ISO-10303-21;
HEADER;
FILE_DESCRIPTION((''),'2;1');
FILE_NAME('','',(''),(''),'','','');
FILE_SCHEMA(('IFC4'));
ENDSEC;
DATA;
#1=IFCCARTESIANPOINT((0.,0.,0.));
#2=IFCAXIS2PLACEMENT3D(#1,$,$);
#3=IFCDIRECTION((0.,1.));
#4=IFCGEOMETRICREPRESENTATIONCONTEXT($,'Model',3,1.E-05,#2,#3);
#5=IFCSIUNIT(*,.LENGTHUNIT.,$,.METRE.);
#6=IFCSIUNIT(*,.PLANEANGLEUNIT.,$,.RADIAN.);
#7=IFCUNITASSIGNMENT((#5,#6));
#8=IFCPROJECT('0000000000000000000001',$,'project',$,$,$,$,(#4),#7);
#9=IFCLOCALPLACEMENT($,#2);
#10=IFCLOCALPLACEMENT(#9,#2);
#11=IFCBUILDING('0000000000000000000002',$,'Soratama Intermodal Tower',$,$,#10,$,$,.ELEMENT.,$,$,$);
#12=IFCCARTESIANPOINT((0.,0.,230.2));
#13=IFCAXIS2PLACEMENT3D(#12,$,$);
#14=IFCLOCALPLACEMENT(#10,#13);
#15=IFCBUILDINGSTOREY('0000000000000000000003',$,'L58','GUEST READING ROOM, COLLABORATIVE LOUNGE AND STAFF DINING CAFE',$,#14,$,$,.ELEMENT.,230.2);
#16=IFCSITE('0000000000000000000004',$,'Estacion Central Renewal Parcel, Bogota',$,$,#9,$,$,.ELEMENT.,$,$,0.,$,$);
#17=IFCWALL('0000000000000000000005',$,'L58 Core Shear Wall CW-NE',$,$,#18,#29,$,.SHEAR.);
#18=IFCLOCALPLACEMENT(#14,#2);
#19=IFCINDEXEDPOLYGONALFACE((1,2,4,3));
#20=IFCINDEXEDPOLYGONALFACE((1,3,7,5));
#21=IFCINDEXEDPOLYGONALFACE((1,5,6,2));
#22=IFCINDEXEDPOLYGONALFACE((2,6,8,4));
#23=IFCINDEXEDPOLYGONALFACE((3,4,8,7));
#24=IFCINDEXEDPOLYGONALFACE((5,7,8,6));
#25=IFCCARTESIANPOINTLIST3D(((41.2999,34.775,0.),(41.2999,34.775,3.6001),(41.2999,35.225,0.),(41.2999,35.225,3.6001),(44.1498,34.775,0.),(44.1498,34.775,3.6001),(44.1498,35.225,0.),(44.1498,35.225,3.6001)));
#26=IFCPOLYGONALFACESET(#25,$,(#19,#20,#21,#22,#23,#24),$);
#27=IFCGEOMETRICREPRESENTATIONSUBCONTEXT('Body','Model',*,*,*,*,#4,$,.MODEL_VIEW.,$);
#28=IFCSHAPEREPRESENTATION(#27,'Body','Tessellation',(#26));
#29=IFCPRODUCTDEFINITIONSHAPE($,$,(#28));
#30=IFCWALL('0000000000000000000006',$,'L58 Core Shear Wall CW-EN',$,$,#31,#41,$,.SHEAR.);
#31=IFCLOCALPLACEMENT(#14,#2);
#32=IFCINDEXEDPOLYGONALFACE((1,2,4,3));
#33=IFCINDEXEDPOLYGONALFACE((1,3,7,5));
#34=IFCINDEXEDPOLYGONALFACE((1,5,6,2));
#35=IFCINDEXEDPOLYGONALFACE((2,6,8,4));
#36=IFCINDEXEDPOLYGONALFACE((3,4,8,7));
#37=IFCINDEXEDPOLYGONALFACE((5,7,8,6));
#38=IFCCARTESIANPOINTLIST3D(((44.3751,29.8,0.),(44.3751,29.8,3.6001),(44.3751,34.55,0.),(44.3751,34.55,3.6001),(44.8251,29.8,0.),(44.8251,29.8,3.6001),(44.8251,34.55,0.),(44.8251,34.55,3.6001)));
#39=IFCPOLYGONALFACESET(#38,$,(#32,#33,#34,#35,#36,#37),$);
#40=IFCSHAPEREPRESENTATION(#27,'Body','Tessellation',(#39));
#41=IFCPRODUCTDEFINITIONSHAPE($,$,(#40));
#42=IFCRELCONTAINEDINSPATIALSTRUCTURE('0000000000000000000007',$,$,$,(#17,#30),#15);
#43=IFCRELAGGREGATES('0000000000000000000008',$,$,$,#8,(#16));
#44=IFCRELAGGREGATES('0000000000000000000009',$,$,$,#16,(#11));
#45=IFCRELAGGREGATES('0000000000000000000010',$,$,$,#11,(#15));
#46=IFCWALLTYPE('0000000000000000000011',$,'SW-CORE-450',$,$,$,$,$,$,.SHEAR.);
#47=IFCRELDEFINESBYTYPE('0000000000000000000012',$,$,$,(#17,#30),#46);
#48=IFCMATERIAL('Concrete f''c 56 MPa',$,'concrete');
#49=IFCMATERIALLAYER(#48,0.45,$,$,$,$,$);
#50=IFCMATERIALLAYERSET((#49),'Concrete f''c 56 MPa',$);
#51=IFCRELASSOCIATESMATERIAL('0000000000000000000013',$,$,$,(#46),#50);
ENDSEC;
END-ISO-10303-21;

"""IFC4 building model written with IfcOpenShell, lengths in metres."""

from ifc_helpers import new_model, si_unit, direction, frame, frame_2d, origin, place, context, subcontext, project, spatial, rectangle, extrude, material, layer, layer_set, type_object, element, save


model = new_model("IFC4")

# Units and contexts
model_context = context("Model", 3, precision=1e-05, world=origin(), true_north=direction((0.0, 1.0)))
body_context = subcontext(model_context, "Body", "Model", "MODEL_VIEW")
ifc_project = project(units=[si_unit("LENGTHUNIT", "METRE"), si_unit("PLANEANGLEUNIT", "RADIAN")], contexts=[model_context])

# Site, building, storey
site_placement = place(None, origin())
site = spatial("IfcSite", under=ifc_project, at=site_placement, Name="Estacion Central Renewal Parcel, Bogota", CompositionType="ELEMENT", RefElevation=0.0)
building_placement = place(site_placement, origin())
building = spatial("IfcBuilding", under=site, at=building_placement, Name="Soratama Intermodal Tower", CompositionType="ELEMENT")
storey_placement = place(building_placement, frame((0.0, 0.0, 230.2)))
storey = spatial("IfcBuildingStorey", under=building, at=storey_placement, Name="L58", Description="GUEST READING ROOM, COLLABORATIVE LOUNGE AND STAFF DINING CAFE", CompositionType="ELEMENT", Elevation=230.2)

# Walls
ifc_material_1 = material(Name="Concrete f'c 56 MPa", Category="concrete")
ifc_layer_1 = layer(ifc_material_1, 0.45)
ifc_layer_set_1 = layer_set([ifc_layer_1], Name="Concrete f'c 56 MPa")
wall_type_1 = type_object("IfcWallType", Name="SW-CORE-450", PredefinedType="SHEAR", material=ifc_layer_set_1)
wall_1_placement = place(storey_placement, frame((41.3, 35.0, 0.0), z_axis=(0.0, 0.0, 1.0), x_axis=(1.0, 0.0, 0.0)))
element("IfcWall", 1, at=wall_1_placement, inside=storey, type_object=wall_type_1, Name="L58 Core Shear Wall CW-NE", PredefinedType="SHEAR", context=body_context, shape_type="SweptSolid", body=[
    extrude(rectangle(XDim=2.8499, YDim=0.45, at=frame_2d((1.4248, 0.0))), origin(), (0.0, 0.0, 1.0), 3.6001),
])
wall_2_placement = place(storey_placement, frame((44.6001, 29.8, 0.0), z_axis=(0.0, 0.0, 1.0), x_axis=(0.0, 1.0, 0.0)))
element("IfcWall", 2, at=wall_2_placement, inside=storey, type_object=wall_type_1, Name="L58 Core Shear Wall CW-EN", PredefinedType="SHEAR", context=body_context, shape_type="SweptSolid", body=[
    extrude(rectangle(XDim=4.75, YDim=0.45, at=frame_2d((2.375, 0.0))), origin(), (0.0, 0.0, 1.0), 3.6001),
])

save(model, "model.ifc")
